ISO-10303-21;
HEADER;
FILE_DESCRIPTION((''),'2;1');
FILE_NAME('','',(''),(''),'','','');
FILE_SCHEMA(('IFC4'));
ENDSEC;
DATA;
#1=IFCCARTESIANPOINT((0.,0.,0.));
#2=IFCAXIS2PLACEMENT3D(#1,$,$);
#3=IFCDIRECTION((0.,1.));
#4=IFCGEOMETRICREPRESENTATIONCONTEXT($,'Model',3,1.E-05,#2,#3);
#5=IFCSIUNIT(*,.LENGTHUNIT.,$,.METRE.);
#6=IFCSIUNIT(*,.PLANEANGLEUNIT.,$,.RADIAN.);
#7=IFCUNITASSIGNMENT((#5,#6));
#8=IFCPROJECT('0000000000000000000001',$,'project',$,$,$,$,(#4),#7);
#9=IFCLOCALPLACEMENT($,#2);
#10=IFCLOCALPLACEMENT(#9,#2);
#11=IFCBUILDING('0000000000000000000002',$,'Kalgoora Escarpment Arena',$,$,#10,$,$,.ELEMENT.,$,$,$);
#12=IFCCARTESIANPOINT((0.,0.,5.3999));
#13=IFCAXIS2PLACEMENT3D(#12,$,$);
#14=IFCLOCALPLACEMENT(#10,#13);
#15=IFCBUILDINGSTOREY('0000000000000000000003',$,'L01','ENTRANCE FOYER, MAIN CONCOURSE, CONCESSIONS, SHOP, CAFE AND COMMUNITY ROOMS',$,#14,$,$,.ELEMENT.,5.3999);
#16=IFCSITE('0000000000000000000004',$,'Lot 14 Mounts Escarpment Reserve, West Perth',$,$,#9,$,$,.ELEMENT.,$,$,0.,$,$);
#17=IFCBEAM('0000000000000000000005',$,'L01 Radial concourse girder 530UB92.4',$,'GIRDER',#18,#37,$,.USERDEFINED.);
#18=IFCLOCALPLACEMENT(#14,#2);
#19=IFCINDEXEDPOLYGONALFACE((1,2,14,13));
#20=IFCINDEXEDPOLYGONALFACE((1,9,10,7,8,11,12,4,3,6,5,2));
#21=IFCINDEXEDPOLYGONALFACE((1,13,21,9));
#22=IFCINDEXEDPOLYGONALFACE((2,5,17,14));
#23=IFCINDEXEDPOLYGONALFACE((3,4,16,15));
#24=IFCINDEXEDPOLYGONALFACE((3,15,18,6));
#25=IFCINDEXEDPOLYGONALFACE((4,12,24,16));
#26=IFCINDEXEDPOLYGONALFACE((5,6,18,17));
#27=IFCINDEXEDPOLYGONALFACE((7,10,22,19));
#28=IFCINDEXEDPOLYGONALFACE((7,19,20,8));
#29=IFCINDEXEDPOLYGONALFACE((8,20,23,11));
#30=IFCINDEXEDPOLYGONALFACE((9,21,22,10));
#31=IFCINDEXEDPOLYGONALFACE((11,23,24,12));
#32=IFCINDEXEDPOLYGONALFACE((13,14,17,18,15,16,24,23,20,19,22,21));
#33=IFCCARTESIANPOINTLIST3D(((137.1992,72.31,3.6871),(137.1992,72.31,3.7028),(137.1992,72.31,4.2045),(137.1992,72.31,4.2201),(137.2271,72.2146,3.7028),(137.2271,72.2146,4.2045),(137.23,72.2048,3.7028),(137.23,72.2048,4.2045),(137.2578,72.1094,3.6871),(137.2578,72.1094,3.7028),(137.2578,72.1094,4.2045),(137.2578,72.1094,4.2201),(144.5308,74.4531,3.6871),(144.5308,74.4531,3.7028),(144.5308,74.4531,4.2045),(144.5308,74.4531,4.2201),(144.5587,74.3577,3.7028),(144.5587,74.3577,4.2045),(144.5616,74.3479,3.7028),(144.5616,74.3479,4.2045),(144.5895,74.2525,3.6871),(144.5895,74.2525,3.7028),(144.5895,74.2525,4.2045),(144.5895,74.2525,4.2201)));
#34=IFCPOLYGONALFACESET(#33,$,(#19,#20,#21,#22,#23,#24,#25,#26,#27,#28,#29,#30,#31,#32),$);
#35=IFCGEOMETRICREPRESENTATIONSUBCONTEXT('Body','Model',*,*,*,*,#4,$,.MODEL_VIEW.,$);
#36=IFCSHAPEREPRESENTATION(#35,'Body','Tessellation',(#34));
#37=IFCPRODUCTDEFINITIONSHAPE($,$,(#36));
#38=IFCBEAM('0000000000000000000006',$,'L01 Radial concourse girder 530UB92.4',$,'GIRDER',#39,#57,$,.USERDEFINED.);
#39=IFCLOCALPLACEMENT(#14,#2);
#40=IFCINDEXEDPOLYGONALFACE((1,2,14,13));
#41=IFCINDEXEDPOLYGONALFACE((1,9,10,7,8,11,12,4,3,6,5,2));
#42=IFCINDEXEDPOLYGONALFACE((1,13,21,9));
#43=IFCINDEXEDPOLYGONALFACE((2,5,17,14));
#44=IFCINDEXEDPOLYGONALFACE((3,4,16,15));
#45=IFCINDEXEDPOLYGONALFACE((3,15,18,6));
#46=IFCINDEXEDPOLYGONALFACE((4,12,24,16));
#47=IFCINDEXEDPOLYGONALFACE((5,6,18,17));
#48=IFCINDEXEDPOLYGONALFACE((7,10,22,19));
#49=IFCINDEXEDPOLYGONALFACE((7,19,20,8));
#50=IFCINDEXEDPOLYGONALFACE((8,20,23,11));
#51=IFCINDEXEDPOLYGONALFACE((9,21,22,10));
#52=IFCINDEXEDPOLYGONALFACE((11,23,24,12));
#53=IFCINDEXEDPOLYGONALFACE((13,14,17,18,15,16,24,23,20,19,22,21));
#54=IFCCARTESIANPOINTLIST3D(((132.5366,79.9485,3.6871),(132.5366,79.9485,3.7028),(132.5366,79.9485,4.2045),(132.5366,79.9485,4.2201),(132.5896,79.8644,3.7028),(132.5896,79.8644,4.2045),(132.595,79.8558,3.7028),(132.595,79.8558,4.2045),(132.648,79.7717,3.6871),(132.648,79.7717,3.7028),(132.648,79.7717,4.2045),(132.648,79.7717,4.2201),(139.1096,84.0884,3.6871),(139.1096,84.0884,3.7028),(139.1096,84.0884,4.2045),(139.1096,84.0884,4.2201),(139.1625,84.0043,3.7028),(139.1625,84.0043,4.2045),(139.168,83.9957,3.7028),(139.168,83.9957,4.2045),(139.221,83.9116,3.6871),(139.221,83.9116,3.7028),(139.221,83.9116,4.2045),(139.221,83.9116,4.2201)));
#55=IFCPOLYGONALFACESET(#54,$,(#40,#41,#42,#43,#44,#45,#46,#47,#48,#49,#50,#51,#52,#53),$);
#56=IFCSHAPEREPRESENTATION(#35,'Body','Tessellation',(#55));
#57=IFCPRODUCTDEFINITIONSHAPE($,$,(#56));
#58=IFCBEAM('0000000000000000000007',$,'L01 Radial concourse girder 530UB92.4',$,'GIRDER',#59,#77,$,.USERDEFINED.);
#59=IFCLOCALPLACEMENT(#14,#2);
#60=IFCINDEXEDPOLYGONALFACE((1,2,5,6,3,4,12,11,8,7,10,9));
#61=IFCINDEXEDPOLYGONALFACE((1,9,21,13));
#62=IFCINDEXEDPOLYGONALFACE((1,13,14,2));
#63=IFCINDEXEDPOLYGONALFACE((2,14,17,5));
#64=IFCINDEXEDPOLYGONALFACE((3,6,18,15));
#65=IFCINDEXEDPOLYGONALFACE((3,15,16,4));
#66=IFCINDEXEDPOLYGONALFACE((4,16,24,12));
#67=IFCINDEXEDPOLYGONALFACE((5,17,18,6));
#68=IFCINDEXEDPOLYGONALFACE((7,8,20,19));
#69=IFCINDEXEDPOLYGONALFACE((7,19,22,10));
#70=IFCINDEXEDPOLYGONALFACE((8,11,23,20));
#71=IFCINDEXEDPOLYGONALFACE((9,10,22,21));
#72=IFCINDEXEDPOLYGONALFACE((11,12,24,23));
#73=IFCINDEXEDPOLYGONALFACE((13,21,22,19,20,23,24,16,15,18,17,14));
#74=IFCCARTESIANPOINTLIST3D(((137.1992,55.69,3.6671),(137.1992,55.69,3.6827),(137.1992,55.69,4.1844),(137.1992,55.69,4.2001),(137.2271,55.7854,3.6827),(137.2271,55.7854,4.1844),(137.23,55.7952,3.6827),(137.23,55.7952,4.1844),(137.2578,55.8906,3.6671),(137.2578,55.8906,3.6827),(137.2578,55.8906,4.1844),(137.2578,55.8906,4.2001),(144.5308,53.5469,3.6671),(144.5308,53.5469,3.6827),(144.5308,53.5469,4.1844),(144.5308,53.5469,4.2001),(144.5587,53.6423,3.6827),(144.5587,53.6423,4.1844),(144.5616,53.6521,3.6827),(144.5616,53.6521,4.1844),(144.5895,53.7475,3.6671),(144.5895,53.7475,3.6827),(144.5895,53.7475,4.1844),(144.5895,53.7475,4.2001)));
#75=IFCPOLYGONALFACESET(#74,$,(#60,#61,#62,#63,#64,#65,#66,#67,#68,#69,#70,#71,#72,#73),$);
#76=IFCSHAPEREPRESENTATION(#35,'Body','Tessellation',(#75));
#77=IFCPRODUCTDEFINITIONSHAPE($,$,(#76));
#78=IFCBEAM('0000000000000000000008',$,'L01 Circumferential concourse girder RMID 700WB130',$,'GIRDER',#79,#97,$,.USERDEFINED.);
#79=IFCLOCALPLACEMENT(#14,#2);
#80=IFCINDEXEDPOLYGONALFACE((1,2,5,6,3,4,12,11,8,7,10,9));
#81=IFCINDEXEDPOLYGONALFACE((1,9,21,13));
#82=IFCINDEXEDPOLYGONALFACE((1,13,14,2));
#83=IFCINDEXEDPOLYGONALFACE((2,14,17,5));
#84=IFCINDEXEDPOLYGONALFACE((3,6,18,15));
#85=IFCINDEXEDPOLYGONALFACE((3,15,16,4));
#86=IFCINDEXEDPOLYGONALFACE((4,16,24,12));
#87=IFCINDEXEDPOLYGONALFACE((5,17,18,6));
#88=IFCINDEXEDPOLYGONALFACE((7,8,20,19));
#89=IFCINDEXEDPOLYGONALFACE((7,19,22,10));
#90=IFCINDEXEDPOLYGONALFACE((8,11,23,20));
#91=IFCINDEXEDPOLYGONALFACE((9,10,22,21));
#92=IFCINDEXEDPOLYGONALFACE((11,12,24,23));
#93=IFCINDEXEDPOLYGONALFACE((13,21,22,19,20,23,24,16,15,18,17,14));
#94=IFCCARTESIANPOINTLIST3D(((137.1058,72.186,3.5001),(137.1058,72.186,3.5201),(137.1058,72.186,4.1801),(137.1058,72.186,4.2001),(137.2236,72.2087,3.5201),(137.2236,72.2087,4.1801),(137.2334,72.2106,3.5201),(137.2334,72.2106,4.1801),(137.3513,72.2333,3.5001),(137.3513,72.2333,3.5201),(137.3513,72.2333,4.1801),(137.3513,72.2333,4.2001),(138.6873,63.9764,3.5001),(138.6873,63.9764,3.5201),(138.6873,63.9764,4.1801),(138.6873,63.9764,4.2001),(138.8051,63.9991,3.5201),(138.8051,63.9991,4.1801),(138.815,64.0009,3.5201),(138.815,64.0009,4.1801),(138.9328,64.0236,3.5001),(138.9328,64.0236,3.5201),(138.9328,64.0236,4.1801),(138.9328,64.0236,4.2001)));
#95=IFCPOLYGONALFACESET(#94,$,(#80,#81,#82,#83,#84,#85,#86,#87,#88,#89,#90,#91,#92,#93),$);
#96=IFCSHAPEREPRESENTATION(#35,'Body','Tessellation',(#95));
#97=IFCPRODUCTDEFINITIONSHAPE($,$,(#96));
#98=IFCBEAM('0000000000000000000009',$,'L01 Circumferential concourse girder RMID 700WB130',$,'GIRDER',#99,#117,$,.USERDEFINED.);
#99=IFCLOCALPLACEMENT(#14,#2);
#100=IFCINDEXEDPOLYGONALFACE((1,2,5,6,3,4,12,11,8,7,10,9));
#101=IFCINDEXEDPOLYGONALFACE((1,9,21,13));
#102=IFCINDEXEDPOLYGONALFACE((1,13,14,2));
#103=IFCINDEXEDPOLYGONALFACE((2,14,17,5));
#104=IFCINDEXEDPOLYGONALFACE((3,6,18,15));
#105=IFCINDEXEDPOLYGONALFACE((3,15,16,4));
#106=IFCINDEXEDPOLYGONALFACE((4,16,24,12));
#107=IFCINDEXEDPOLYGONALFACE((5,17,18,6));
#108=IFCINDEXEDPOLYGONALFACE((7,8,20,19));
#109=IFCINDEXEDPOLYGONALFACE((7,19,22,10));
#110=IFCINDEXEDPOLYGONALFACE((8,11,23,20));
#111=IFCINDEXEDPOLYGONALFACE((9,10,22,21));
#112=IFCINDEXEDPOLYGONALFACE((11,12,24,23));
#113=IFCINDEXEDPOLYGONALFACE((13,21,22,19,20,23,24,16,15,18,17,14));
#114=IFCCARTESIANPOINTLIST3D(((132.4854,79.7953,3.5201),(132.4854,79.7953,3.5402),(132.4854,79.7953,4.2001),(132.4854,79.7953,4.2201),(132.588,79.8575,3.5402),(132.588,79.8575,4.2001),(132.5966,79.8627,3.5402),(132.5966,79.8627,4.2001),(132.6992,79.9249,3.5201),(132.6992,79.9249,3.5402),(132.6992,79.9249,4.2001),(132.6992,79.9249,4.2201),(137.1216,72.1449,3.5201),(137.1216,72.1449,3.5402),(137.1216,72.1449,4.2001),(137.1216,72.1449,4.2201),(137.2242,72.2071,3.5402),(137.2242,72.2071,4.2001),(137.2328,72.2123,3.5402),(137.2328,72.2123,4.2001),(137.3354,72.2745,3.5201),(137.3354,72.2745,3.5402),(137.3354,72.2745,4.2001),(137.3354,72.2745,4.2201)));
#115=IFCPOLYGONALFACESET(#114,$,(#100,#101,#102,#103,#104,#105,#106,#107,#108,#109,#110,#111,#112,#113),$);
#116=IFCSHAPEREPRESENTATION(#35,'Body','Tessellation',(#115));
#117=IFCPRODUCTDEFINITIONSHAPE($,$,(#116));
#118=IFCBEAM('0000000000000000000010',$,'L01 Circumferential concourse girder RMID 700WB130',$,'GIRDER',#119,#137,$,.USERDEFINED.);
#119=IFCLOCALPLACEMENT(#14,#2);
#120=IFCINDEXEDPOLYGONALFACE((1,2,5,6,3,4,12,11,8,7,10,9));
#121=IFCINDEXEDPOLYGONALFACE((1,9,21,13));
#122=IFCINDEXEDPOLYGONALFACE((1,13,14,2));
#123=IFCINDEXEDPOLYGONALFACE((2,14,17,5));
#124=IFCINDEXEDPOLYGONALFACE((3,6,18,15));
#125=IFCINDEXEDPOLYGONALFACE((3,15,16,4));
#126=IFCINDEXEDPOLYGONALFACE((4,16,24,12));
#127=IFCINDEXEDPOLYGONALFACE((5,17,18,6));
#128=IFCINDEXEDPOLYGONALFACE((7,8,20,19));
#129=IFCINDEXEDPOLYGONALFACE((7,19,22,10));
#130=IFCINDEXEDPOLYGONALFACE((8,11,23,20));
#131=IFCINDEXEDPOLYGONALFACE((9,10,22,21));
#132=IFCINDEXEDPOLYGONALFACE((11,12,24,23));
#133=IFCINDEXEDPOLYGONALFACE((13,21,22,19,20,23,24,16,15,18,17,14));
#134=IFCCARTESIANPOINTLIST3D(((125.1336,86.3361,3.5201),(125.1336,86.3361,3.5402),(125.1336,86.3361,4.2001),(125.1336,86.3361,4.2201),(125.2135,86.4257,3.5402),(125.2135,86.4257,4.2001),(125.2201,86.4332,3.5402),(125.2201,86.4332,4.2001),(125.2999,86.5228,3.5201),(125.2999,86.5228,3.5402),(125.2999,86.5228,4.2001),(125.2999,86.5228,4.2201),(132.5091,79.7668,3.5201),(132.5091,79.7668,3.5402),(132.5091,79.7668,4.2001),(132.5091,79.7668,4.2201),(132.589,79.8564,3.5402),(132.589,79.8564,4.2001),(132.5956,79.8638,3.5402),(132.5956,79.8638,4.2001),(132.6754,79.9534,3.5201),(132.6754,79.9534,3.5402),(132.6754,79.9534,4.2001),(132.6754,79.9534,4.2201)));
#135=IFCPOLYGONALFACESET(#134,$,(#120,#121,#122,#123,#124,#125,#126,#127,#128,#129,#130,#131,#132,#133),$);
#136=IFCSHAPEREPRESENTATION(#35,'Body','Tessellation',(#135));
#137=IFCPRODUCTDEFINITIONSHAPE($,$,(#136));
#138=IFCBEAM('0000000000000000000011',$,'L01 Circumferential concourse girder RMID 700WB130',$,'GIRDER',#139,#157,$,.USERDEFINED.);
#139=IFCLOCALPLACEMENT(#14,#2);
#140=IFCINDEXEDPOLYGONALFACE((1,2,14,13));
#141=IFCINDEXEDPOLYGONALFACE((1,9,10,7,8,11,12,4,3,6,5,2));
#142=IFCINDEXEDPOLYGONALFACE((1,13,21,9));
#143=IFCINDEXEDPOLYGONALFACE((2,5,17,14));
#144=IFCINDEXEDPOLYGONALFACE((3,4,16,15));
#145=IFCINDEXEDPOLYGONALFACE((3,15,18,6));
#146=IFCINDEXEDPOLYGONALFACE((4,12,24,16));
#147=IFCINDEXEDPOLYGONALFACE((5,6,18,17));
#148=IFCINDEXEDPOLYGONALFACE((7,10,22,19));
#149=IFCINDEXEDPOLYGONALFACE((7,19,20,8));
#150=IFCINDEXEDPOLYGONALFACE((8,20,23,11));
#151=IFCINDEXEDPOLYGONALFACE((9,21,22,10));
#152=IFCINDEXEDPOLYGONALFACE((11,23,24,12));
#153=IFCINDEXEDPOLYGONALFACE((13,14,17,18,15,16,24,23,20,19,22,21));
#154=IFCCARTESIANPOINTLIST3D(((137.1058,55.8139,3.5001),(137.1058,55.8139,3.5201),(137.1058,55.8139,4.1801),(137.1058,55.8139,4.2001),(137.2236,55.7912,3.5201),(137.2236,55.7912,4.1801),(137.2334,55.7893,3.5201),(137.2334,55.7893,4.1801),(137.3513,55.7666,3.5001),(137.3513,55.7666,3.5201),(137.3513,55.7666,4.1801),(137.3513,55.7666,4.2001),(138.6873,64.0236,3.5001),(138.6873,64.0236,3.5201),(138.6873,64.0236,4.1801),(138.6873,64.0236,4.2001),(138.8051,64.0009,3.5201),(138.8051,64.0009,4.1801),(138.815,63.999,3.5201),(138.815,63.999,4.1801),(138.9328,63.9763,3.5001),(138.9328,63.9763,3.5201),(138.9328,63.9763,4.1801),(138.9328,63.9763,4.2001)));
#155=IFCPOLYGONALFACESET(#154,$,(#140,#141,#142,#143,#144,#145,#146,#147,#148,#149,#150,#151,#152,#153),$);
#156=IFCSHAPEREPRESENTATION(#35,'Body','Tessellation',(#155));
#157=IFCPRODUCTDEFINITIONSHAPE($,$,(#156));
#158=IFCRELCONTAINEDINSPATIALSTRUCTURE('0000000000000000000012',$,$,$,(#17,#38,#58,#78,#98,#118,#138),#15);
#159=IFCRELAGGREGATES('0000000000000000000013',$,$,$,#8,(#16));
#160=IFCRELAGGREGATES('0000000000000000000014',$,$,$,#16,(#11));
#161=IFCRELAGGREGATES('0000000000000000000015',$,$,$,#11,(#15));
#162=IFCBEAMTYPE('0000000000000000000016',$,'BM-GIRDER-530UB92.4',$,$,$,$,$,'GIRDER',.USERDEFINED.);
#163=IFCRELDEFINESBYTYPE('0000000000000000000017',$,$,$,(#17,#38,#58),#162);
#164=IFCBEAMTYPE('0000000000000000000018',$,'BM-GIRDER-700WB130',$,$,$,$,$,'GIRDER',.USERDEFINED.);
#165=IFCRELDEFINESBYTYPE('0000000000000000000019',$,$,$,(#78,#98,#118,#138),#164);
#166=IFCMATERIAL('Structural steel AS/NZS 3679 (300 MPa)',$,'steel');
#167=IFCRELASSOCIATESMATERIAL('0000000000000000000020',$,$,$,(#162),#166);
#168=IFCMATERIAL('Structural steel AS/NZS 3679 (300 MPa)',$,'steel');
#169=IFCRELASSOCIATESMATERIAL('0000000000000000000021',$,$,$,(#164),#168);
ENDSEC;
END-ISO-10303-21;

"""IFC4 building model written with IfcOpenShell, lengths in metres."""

from ifc_helpers import new_model, si_unit, direction, frame, origin, origin_2d, place, context, subcontext, project, spatial, i_section, extrude, material, material_profile, profile_set, type_object, element, save


model = new_model("IFC4")

# Units and contexts
model_context = context("Model", 3, precision=1e-05, world=origin(), true_north=direction((0.0, 1.0)))
body_context = subcontext(model_context, "Body", "Model", "MODEL_VIEW")
ifc_project = project(units=[si_unit("LENGTHUNIT", "METRE"), si_unit("PLANEANGLEUNIT", "RADIAN")], contexts=[model_context])

# Site, building, storey
site_placement = place(None, origin())
site = spatial("IfcSite", under=ifc_project, at=site_placement, Name="Lot 14 Mounts Escarpment Reserve, West Perth", CompositionType="ELEMENT", RefElevation=0.0)
building_placement = place(site_placement, origin())
building = spatial("IfcBuilding", under=site, at=building_placement, Name="Kalgoora Escarpment Arena", CompositionType="ELEMENT")
storey_placement = place(building_placement, frame((0.0, 0.0, 5.3999)))
storey = spatial("IfcBuildingStorey", under=building, at=storey_placement, Name="L01", Description="ENTRANCE FOYER, MAIN CONCOURSE, CONCESSIONS, SHOP, CAFE AND COMMUNITY ROOMS", CompositionType="ELEMENT", Elevation=5.3999)

# Beams
ifc_material_1 = material(Name="Structural steel AS/NZS 3679 (300 MPa)", Category="steel")
ifc_material_profile_1 = material_profile(ifc_material_1, i_section(OverallWidth=0.209, OverallDepth=0.533, WebThickness=0.0103, FlangeThickness=0.0156, at=origin_2d()))
ifc_profile_set_1 = profile_set([ifc_material_profile_1], Name="Structural steel AS/NZS 3679 (300 MPa)")
beam_type_1 = type_object("IfcBeamType", Name="BM-GIRDER-530UB92.4", ElementType="GIRDER", PredefinedType="USERDEFINED", material=ifc_profile_set_1)
beam_1_placement = place(storey_placement, frame((137.2285, 72.2097, 3.9536), z_axis=(0.959834, 0.280567, 0.0), x_axis=(-0.280567, 0.959834, 0.0)))
element("IfcBeam", 1, at=beam_1_placement, inside=storey, type_object=beam_type_1, Name="L01 Radial concourse girder 530UB92.4", ObjectType="GIRDER", PredefinedType="USERDEFINED", context=body_context, shape_type="SweptSolid", body=[
    extrude(i_section(OverallWidth=0.209, OverallDepth=0.533, WebThickness=0.0103, FlangeThickness=0.0156, at=origin_2d()), origin(), (0.0, 0.0, 1.0), 7.6384),
])
beam_2_placement = place(storey_placement, frame((132.5923, 79.8601, 3.9536), z_axis=(0.846155, 0.532937, 0.0), x_axis=(-0.532937, 0.846155, 0.0)))
element("IfcBeam", 2, at=beam_2_placement, inside=storey, type_object=beam_type_1, Name="L01 Radial concourse girder 530UB92.4", ObjectType="GIRDER", PredefinedType="USERDEFINED", context=body_context, shape_type="SweptSolid", body=[
    extrude(i_section(OverallWidth=0.209, OverallDepth=0.533, WebThickness=0.0103, FlangeThickness=0.0156, at=origin_2d()), origin(), (0.0, 0.0, 1.0), 7.7681),
])
beam_3_placement = place(storey_placement, frame((137.2285, 55.7903, 3.9336), z_axis=(0.959834, -0.280567, 0.0), x_axis=(0.280567, 0.959834, 0.0)))
element("IfcBeam", 3, at=beam_3_placement, inside=storey, type_object=beam_type_1, Name="L01 Radial concourse girder 530UB92.4", ObjectType="GIRDER", PredefinedType="USERDEFINED", context=body_context, shape_type="SweptSolid", body=[
    extrude(i_section(OverallWidth=0.209, OverallDepth=0.533, WebThickness=0.0103, FlangeThickness=0.0156, at=origin_2d()), origin(), (0.0, 0.0, 1.0), 7.6384),
])
ifc_material_2 = material(Name="Structural steel AS/NZS 3679 (300 MPa)", Category="steel")
ifc_material_profile_2 = material_profile(ifc_material_2, i_section(OverallWidth=0.25, OverallDepth=0.7, WebThickness=0.01, FlangeThickness=0.02, at=origin_2d()))
ifc_profile_set_2 = profile_set([ifc_material_profile_2], Name="Structural steel AS/NZS 3679 (300 MPa)")
beam_type_2 = type_object("IfcBeamType", Name="BM-GIRDER-700WB130", ElementType="GIRDER", PredefinedType="USERDEFINED", material=ifc_profile_set_2)
beam_4_placement = place(storey_placement, frame((138.8101, 64.0, 3.8501), z_axis=(-0.189165, 0.981945, 0.0), x_axis=(-0.981945, -0.189165, 0.0)))
element("IfcBeam", 4, at=beam_4_placement, inside=storey, type_object=beam_type_2, Name="L01 Circumferential concourse girder RMID 700WB130", ObjectType="GIRDER", PredefinedType="USERDEFINED", context=body_context, shape_type="SweptSolid", body=[
    extrude(i_section(OverallWidth=0.25, OverallDepth=0.7, WebThickness=0.01, FlangeThickness=0.02, at=origin_2d()), origin(), (0.0, 0.0, 1.0), 8.3606),
])
beam_5_placement = place(storey_placement, frame((137.2285, 72.2097, 3.8701), z_axis=(-0.518271, 0.855216, 0.0), x_axis=(-0.855216, -0.518271, 0.0)))
element("IfcBeam", 5, at=beam_5_placement, inside=storey, type_object=beam_type_2, Name="L01 Circumferential concourse girder RMID 700WB130", ObjectType="GIRDER", PredefinedType="USERDEFINED", context=body_context, shape_type="SweptSolid", body=[
    extrude(i_section(OverallWidth=0.25, OverallDepth=0.7, WebThickness=0.01, FlangeThickness=0.02, at=origin_2d()), origin(), (0.0, 0.0, 1.0), 8.9456),
])
beam_6_placement = place(storey_placement, frame((132.5923, 79.8601, 3.8701), z_axis=(-0.746738, 0.665118, 0.0), x_axis=(-0.665118, -0.746738, 0.0)))
element("IfcBeam", 6, at=beam_6_placement, inside=storey, type_object=beam_type_2, Name="L01 Circumferential concourse girder RMID 700WB130", ObjectType="GIRDER", PredefinedType="USERDEFINED", context=body_context, shape_type="SweptSolid", body=[
    extrude(i_section(OverallWidth=0.25, OverallDepth=0.7, WebThickness=0.01, FlangeThickness=0.02, at=origin_2d()), origin(), (0.0, 0.0, 1.0), 9.877),
])
beam_7_placement = place(storey_placement, frame((137.2285, 55.7903, 3.8501), z_axis=(0.189165, 0.981945, 0.0), x_axis=(-0.981945, 0.189165, 0.0)))
element("IfcBeam", 7, at=beam_7_placement, inside=storey, type_object=beam_type_2, Name="L01 Circumferential concourse girder RMID 700WB130", ObjectType="GIRDER", PredefinedType="USERDEFINED", context=body_context, shape_type="SweptSolid", body=[
    extrude(i_section(OverallWidth=0.25, OverallDepth=0.7, WebThickness=0.01, FlangeThickness=0.02, at=origin_2d()), origin(), (0.0, 0.0, 1.0), 8.3606),
])

save(model, "model.ifc")
